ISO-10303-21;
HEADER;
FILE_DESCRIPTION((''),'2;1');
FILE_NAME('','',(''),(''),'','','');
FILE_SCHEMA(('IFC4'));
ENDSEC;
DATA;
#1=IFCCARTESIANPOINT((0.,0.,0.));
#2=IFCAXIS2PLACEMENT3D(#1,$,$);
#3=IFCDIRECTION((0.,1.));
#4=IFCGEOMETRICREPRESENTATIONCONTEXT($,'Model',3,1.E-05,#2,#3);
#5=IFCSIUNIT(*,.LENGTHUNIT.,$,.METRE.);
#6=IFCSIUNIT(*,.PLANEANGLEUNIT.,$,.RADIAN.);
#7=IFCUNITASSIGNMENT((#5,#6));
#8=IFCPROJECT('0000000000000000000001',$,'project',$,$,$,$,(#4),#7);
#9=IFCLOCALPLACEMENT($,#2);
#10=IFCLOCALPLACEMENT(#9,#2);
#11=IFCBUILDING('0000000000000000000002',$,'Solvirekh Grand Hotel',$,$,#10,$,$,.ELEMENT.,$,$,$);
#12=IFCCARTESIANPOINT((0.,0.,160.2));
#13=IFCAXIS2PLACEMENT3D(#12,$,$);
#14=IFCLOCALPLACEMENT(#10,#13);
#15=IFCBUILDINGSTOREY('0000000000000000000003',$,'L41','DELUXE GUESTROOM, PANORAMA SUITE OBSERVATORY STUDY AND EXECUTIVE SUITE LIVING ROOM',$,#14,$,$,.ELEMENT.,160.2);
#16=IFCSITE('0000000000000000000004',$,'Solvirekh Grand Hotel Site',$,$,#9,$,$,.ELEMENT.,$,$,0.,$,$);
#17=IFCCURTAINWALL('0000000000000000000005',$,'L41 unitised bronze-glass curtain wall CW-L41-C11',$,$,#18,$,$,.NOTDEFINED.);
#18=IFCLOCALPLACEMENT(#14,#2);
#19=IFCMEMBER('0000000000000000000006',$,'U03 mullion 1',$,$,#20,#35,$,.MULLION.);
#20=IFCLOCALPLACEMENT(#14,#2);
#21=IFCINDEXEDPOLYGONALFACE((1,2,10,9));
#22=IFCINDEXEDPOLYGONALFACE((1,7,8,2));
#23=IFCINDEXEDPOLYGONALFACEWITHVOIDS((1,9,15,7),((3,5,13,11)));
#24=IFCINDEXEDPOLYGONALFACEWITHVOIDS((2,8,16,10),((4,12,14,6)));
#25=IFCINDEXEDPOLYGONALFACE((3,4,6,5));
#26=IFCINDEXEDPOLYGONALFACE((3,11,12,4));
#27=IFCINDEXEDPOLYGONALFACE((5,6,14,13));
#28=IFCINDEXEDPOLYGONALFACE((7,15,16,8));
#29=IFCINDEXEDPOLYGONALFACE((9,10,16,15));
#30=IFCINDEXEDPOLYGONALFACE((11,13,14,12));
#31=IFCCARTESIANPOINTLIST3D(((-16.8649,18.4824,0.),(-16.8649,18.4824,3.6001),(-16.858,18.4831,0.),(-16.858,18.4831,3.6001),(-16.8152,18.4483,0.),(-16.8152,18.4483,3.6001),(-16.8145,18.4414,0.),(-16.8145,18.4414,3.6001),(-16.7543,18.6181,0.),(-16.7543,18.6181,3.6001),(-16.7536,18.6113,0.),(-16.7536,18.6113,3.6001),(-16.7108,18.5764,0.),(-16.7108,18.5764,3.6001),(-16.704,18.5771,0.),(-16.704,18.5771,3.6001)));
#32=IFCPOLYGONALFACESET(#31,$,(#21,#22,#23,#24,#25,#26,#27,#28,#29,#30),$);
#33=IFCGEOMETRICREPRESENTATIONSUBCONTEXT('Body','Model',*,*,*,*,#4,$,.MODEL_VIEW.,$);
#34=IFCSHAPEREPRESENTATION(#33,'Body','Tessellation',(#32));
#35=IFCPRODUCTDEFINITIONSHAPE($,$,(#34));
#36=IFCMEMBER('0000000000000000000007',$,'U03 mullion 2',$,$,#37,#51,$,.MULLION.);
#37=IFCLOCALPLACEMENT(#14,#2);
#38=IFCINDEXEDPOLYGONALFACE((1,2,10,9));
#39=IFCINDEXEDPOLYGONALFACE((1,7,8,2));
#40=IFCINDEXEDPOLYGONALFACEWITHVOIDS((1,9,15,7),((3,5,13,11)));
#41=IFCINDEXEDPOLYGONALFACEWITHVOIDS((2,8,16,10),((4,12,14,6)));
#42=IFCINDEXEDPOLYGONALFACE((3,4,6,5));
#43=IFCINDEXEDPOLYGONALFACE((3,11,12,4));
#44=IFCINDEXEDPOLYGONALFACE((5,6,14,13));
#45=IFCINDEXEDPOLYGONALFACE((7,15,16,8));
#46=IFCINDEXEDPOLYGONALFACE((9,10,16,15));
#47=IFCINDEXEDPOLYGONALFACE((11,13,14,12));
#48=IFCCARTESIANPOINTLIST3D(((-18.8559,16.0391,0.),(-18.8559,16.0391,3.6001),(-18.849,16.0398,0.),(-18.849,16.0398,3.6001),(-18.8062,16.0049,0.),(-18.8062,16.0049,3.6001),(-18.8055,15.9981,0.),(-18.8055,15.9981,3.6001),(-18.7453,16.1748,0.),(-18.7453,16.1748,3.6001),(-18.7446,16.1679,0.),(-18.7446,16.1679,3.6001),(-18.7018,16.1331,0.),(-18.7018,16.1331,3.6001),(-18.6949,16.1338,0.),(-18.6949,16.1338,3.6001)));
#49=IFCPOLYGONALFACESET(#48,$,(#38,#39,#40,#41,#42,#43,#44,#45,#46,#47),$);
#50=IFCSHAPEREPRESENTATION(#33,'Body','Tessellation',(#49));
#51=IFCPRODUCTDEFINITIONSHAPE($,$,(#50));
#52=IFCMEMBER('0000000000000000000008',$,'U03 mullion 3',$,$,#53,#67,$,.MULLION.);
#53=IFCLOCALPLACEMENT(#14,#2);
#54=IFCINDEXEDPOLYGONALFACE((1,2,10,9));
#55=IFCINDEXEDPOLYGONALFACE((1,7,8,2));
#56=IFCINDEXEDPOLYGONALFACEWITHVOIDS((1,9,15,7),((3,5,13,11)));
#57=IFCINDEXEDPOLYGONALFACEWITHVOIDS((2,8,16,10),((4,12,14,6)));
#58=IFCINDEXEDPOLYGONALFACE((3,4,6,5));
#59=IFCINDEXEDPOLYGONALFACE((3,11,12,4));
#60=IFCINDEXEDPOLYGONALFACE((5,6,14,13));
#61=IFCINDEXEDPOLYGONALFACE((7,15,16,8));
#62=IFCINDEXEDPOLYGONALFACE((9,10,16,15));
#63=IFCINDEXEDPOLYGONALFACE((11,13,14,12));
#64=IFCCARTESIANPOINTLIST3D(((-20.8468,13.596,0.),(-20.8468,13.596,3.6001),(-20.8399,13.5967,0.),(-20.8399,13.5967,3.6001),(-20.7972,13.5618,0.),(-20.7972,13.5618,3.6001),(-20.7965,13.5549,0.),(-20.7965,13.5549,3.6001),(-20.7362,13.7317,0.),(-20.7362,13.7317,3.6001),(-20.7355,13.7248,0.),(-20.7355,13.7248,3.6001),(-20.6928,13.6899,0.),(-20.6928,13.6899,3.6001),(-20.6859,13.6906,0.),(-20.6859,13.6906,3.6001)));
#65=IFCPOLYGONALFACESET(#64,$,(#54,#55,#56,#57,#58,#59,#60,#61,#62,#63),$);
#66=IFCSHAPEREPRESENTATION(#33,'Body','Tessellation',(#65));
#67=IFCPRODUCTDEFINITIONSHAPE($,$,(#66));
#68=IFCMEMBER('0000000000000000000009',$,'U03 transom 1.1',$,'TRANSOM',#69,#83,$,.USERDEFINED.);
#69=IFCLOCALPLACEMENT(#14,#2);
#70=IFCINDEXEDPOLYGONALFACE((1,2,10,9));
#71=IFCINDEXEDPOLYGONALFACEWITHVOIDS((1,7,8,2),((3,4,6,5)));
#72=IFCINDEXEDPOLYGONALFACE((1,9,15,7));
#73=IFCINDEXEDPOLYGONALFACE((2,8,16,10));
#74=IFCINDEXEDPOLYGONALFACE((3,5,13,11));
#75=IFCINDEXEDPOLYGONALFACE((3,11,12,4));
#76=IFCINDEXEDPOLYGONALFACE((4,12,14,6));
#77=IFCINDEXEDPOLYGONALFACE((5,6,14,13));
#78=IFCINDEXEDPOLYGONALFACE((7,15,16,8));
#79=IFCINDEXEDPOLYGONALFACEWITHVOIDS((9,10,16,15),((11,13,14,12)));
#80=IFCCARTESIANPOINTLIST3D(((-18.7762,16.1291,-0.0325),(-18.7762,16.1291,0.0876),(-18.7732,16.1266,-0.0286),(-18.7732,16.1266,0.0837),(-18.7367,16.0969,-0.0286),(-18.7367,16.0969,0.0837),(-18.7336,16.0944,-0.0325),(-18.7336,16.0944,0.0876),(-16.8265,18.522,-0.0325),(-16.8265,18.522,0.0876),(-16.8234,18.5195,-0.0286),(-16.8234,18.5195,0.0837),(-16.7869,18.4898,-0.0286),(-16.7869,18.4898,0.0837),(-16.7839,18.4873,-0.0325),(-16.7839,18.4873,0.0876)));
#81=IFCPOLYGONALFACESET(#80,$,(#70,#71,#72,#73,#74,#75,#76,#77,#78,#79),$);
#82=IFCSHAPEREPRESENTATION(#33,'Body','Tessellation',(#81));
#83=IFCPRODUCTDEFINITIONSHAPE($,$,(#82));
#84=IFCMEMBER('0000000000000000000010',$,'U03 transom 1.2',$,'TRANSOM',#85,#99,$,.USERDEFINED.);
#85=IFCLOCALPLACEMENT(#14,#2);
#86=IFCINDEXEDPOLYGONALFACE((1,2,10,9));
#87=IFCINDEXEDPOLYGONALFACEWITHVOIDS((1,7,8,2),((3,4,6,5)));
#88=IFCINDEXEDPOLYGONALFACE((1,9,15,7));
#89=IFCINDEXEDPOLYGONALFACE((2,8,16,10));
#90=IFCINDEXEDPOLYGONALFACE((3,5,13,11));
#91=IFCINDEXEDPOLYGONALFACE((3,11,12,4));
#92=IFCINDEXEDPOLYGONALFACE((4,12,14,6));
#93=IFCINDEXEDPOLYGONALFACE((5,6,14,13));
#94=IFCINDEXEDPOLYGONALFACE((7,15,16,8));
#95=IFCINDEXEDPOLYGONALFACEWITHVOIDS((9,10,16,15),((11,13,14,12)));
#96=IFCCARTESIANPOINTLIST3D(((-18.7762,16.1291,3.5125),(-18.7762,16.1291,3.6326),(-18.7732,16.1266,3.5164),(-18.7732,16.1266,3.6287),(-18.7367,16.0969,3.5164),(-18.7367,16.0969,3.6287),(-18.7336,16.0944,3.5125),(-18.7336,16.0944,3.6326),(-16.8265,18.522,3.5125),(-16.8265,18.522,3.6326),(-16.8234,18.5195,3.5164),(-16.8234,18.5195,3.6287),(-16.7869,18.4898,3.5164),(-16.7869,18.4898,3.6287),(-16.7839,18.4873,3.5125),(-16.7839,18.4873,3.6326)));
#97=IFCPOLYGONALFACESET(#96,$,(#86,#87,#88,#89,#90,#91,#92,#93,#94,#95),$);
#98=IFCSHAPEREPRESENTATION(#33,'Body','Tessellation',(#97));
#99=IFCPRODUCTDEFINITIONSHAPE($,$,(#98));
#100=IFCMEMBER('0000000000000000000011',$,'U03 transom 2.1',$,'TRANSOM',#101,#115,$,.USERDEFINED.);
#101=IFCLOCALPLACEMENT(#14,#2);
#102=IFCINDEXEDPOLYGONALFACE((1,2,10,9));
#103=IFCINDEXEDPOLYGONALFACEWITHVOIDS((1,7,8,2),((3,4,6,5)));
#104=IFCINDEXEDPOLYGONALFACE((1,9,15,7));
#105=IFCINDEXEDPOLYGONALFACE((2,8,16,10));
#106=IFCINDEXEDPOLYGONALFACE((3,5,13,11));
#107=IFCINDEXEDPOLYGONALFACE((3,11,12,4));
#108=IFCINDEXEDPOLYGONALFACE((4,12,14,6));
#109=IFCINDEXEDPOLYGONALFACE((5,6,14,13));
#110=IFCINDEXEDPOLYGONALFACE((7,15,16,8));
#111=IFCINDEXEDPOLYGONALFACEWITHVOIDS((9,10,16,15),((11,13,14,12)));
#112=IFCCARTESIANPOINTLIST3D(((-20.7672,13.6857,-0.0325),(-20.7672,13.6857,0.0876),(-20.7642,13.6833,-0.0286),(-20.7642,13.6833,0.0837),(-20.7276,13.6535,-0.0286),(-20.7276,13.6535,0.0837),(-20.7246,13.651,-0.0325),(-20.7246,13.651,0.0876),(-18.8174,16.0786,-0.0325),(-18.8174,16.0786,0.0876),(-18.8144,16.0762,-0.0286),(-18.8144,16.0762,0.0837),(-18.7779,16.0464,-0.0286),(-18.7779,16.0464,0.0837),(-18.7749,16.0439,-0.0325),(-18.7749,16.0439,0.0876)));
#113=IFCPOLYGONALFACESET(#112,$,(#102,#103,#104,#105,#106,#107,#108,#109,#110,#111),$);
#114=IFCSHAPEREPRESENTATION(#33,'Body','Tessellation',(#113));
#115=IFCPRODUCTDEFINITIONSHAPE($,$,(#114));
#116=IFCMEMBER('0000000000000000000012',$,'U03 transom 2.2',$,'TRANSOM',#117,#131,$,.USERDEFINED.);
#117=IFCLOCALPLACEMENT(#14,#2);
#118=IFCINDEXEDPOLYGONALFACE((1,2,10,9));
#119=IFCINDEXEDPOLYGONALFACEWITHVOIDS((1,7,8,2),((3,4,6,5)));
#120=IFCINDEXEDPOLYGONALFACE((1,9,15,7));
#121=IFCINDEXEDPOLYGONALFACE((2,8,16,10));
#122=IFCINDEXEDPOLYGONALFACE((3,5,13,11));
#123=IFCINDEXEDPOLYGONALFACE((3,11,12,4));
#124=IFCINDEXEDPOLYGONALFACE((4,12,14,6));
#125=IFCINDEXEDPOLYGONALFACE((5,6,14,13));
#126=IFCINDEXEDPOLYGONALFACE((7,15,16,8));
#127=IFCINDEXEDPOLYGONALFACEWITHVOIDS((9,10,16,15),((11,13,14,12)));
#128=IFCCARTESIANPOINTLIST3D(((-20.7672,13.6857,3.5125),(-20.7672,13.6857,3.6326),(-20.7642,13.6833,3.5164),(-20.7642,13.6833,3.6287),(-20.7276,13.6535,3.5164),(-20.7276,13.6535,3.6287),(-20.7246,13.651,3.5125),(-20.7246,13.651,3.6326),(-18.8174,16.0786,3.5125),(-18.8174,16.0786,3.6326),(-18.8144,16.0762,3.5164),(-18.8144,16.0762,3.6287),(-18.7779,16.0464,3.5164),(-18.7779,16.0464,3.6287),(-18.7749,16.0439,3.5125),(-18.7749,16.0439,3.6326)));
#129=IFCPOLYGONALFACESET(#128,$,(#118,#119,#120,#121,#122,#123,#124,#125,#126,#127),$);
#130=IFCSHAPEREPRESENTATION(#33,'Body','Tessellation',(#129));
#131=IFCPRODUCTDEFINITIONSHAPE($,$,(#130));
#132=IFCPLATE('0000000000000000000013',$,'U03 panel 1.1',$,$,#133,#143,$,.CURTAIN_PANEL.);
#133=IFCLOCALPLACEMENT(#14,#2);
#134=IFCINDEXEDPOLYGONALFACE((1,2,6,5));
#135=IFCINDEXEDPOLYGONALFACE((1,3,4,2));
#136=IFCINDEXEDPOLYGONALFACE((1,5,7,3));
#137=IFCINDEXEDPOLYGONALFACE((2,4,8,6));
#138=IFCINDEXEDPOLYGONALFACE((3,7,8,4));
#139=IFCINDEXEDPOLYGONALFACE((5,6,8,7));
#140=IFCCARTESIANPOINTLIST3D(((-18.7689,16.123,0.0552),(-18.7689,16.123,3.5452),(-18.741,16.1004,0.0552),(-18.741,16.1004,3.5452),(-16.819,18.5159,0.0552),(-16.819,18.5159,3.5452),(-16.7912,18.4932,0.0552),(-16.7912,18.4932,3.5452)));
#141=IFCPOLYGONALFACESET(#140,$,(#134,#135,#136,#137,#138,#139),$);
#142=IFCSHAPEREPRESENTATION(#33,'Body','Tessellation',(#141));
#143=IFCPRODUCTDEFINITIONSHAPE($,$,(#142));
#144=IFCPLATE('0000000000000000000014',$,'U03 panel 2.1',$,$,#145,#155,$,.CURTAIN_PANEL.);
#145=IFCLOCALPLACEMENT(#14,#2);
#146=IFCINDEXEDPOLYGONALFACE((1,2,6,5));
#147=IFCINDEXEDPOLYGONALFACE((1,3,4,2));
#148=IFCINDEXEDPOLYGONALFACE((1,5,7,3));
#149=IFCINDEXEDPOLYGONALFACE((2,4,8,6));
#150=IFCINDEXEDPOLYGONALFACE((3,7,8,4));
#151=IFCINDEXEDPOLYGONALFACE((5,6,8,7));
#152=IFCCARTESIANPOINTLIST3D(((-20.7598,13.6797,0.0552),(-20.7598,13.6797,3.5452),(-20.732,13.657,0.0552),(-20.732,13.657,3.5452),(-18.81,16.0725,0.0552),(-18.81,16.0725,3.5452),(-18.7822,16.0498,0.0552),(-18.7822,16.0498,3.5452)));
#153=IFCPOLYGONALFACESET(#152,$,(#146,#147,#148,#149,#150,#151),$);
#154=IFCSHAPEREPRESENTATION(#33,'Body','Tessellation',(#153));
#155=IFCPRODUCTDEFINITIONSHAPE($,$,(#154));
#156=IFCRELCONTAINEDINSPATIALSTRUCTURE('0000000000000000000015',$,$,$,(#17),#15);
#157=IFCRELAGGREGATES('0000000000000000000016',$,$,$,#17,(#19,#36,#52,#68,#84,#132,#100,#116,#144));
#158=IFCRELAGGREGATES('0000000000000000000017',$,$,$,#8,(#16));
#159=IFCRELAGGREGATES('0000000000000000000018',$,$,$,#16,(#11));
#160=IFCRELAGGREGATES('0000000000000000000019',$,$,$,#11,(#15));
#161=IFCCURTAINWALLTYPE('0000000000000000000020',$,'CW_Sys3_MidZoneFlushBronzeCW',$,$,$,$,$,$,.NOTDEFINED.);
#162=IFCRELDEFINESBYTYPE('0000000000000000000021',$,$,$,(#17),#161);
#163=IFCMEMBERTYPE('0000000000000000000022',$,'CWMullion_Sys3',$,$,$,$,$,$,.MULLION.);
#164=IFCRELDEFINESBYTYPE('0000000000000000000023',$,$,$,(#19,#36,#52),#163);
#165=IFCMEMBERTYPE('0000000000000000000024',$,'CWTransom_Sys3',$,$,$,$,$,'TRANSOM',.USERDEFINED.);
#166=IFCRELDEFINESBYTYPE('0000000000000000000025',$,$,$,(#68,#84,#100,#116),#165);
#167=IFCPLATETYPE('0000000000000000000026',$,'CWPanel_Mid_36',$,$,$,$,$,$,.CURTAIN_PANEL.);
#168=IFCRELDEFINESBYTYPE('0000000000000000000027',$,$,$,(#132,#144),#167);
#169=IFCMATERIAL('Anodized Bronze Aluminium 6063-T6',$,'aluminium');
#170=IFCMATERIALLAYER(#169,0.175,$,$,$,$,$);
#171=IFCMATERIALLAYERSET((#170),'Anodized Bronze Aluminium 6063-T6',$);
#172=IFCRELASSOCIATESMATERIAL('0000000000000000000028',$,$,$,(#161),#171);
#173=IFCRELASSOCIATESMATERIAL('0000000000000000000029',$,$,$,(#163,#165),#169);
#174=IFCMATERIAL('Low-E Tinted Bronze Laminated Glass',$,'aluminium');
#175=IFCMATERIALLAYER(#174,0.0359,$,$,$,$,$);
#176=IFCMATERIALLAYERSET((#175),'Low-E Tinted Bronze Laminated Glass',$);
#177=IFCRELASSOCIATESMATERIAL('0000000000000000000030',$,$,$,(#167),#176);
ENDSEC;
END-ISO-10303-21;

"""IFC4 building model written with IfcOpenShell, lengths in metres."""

from ifc_helpers import new_model, si_unit, direction, frame, origin, origin_2d, place, context, subcontext, project, spatial, rectangle, hollow_rectangle, extrude, source, transform, mapped, material, layer, layer_set, material_profile, profile_set, type_object, element, aggregate, save


model = new_model("IFC4")

# Units and contexts
model_context = context("Model", 3, precision=1e-05, world=origin(), true_north=direction((0.0, 1.0)))
body_context = subcontext(model_context, "Body", "Model", "MODEL_VIEW")
ifc_project = project(units=[si_unit("LENGTHUNIT", "METRE"), si_unit("PLANEANGLEUNIT", "RADIAN")], contexts=[model_context])

# Site, building, storey
site_placement = place(None, origin())
site = spatial("IfcSite", under=ifc_project, at=site_placement, Name="Solvirekh Grand Hotel Site", CompositionType="ELEMENT", RefElevation=0.0)
building_placement = place(site_placement, origin())
building = spatial("IfcBuilding", under=site, at=building_placement, Name="Solvirekh Grand Hotel", CompositionType="ELEMENT")
storey_placement = place(building_placement, frame((0.0, 0.0, 160.2)))
storey = spatial("IfcBuildingStorey", under=building, at=storey_placement, Name="L41", Description="DELUXE GUESTROOM, PANORAMA SUITE OBSERVATORY STUDY AND EXECUTIVE SUITE LIVING ROOM", CompositionType="ELEMENT", Elevation=160.2)

# Curtain wall, members, plates
ifc_material_1 = material(Name="Anodized Bronze Aluminium 6063-T6", Category="aluminium")
ifc_layer_1 = layer(ifc_material_1, 0.175)
ifc_layer_set_1 = layer_set([ifc_layer_1], Name="Anodized Bronze Aluminium 6063-T6")
curtain_wall_type = type_object("IfcCurtainWallType", Name="CW_Sys3_MidZoneFlushBronzeCW", PredefinedType="NOTDEFINED", material=ifc_layer_set_1)
curtain_wall_placement = place(storey_placement, origin())
curtain_wall = element("IfcCurtainWall", 1, at=curtain_wall_placement, inside=storey, type_object=curtain_wall_type, Name="L41 unitised bronze-glass curtain wall CW-L41-C11", PredefinedType="NOTDEFINED")
ifc_material_profile_1 = material_profile(ifc_material_1, hollow_rectangle(XDim=0.0649, YDim=0.175, WallThickness=0.0049, at=origin_2d()), Name="ALU RHS 175X65X5")
ifc_profile_set_1 = profile_set([ifc_material_profile_1], Name="Anodized Bronze Aluminium 6063-T6")
member_type_1 = type_object("IfcMemberType", Name="CWMullion_Sys3", PredefinedType="MULLION", material=ifc_profile_set_1)
shared_shape_1 = source(origin(), body_context, "Body", "SweptSolid", [
    extrude(hollow_rectangle(XDim=0.0649, YDim=0.175, WallThickness=0.0049, at=origin_2d()), origin(), (0.0, 0.0, 1.0), 3.6001),
])
member_1_placement = place(storey_placement, frame((-16.7844, 18.5298, 0.0), z_axis=(0.0, 0.0, 1.0), x_axis=(0.775215, -0.631697, 0.0)))
member_1 = element("IfcMember", 2, at=member_1_placement, type_object=member_type_1, Name="U03 mullion 1", PredefinedType="MULLION", context=body_context, shape_type="MappedRepresentation", body=[
    mapped(shared_shape_1, transform((0.0, 0.0, 0.0), x_axis=(1.0, 0.0, 0.0), y_axis=(0.0, 1.0, 0.0), z_axis=(0.0, 0.0, 1.0), scale=1.0)),
])
member_2_placement = place(storey_placement, frame((-18.7754, 16.0864, 0.0), z_axis=(0.0, 0.0, 1.0), x_axis=(0.775215, -0.631697, 0.0)))
member_2 = element("IfcMember", 3, at=member_2_placement, type_object=member_type_1, Name="U03 mullion 2", PredefinedType="MULLION", context=body_context, shape_type="MappedRepresentation", body=[
    mapped(shared_shape_1, transform((0.0, 0.0, 0.0), x_axis=(1.0, 0.0, 0.0), y_axis=(0.0, 1.0, 0.0), z_axis=(0.0, 0.0, 1.0), scale=1.0)),
])
member_3_placement = place(storey_placement, frame((-20.7664, 13.6433, 0.0), z_axis=(0.0, 0.0, 1.0), x_axis=(0.775215, -0.631697, 0.0)))
member_3 = element("IfcMember", 4, at=member_3_placement, type_object=member_type_1, Name="U03 mullion 3", PredefinedType="MULLION", context=body_context, shape_type="MappedRepresentation", body=[
    mapped(shared_shape_1, transform((0.0, 0.0, 0.0), x_axis=(1.0, 0.0, 0.0), y_axis=(0.0, 1.0, 0.0), z_axis=(0.0, 0.0, 1.0), scale=1.0)),
])
ifc_material_profile_2 = material_profile(ifc_material_1, hollow_rectangle(XDim=0.0549, YDim=0.1201, WallThickness=0.0039, at=origin_2d()), Name="ALU RHS 120X55X4")
ifc_profile_set_2 = profile_set([ifc_material_profile_2], Name="Anodized Bronze Aluminium 6063-T6")
member_type_2 = type_object("IfcMemberType", Name="CWTransom_Sys3", ElementType="TRANSOM", PredefinedType="USERDEFINED", material=ifc_profile_set_2)
shared_shape_2 = source(origin(), body_context, "Body", "SweptSolid", [
    extrude(hollow_rectangle(XDim=0.0549, YDim=0.1201, WallThickness=0.0039, at=origin_2d()), origin(), (0.0, 0.0, 1.0), 3.0867),
])
member_4_placement = place(storey_placement, frame((-16.8052, 18.5046, 0.0276), z_axis=(-0.631673, -0.775235, 0.0), x_axis=(0.775235, -0.631673, 0.0)))
member_4 = element("IfcMember", 5, at=member_4_placement, type_object=member_type_2, Name="U03 transom 1.1", ObjectType="TRANSOM", PredefinedType="USERDEFINED", context=body_context, shape_type="MappedRepresentation", body=[
    mapped(shared_shape_2, transform((0.0, 0.0, 0.0), x_axis=(1.0, 0.0, 0.0), y_axis=(0.0, 1.0, 0.0), z_axis=(0.0, 0.0, 1.0), scale=1.0)),
])
member_5_placement = place(storey_placement, frame((-16.8052, 18.5046, 3.5725), z_axis=(-0.631673, -0.775235, 0.0), x_axis=(0.775235, -0.631673, 0.0)))
member_5 = element("IfcMember", 6, at=member_5_placement, type_object=member_type_2, Name="U03 transom 1.2", ObjectType="TRANSOM", PredefinedType="USERDEFINED", context=body_context, shape_type="MappedRepresentation", body=[
    mapped(shared_shape_2, transform((0.0, 0.0, 0.0), x_axis=(1.0, 0.0, 0.0), y_axis=(0.0, 1.0, 0.0), z_axis=(0.0, 0.0, 1.0), scale=1.0)),
])
member_6_placement = place(storey_placement, frame((-18.7961, 16.0613, 0.0276), z_axis=(-0.631673, -0.775235, 0.0), x_axis=(0.775235, -0.631673, 0.0)))
member_6 = element("IfcMember", 7, at=member_6_placement, type_object=member_type_2, Name="U03 transom 2.1", ObjectType="TRANSOM", PredefinedType="USERDEFINED", context=body_context, shape_type="MappedRepresentation", body=[
    mapped(shared_shape_2, transform((0.0, 0.0, 0.0), x_axis=(1.0, 0.0, 0.0), y_axis=(0.0, 1.0, 0.0), z_axis=(0.0, 0.0, 1.0), scale=1.0)),
])
member_7_placement = place(storey_placement, frame((-18.7961, 16.0613, 3.5725), z_axis=(-0.631673, -0.775235, 0.0), x_axis=(0.775235, -0.631673, 0.0)))
member_7 = element("IfcMember", 8, at=member_7_placement, type_object=member_type_2, Name="U03 transom 2.2", ObjectType="TRANSOM", PredefinedType="USERDEFINED", context=body_context, shape_type="MappedRepresentation", body=[
    mapped(shared_shape_2, transform((0.0, 0.0, 0.0), x_axis=(1.0, 0.0, 0.0), y_axis=(0.0, 1.0, 0.0), z_axis=(0.0, 0.0, 1.0), scale=1.0)),
])
ifc_material_2 = material(Name="Low-E Tinted Bronze Laminated Glass", Category="aluminium")
ifc_layer_2 = layer(ifc_material_2, 0.0359)
ifc_layer_set_2 = layer_set([ifc_layer_2], Name="Low-E Tinted Bronze Laminated Glass")
plate_type = type_object("IfcPlateType", Name="CWPanel_Mid_36", PredefinedType="CURTAIN_PANEL", material=ifc_layer_set_2)
shared_shape_3 = source(origin(), body_context, "Body", "SweptSolid", [
    extrude(rectangle(XDim=3.0867, YDim=0.0359, at=origin_2d()), origin(), (0.0, 0.0, 1.0), 3.49),
])
plate_1_placement = place(storey_placement, frame((-17.78, 17.3081, 0.0552), z_axis=(0.0, 0.0, 1.0), x_axis=(-0.631697, -0.775215, 0.0)))
plate_1 = element("IfcPlate", 9, at=plate_1_placement, type_object=plate_type, Name="U03 panel 1.1", PredefinedType="CURTAIN_PANEL", context=body_context, shape_type="MappedRepresentation", body=[
    mapped(shared_shape_3, transform((0.0, 0.0, 0.0), x_axis=(1.0, 0.0, 0.0), y_axis=(0.0, 1.0, 0.0), z_axis=(0.0, 0.0, 1.0), scale=1.0)),
])
plate_2_placement = place(storey_placement, frame((-19.771, 14.8647, 0.0552), z_axis=(0.0, 0.0, 1.0), x_axis=(-0.631697, -0.775215, 0.0)))
plate_2 = element("IfcPlate", 10, at=plate_2_placement, type_object=plate_type, Name="U03 panel 2.1", PredefinedType="CURTAIN_PANEL", context=body_context, shape_type="MappedRepresentation", body=[
    mapped(shared_shape_3, transform((0.0, 0.0, 0.0), x_axis=(1.0, 0.0, 0.0), y_axis=(0.0, 1.0, 0.0), z_axis=(0.0, 0.0, 1.0), scale=1.0)),
])
aggregate(curtain_wall, [member_1, member_2, member_3, member_4, member_5, plate_1, member_6, member_7, plate_2])

save(model, "model.ifc")
